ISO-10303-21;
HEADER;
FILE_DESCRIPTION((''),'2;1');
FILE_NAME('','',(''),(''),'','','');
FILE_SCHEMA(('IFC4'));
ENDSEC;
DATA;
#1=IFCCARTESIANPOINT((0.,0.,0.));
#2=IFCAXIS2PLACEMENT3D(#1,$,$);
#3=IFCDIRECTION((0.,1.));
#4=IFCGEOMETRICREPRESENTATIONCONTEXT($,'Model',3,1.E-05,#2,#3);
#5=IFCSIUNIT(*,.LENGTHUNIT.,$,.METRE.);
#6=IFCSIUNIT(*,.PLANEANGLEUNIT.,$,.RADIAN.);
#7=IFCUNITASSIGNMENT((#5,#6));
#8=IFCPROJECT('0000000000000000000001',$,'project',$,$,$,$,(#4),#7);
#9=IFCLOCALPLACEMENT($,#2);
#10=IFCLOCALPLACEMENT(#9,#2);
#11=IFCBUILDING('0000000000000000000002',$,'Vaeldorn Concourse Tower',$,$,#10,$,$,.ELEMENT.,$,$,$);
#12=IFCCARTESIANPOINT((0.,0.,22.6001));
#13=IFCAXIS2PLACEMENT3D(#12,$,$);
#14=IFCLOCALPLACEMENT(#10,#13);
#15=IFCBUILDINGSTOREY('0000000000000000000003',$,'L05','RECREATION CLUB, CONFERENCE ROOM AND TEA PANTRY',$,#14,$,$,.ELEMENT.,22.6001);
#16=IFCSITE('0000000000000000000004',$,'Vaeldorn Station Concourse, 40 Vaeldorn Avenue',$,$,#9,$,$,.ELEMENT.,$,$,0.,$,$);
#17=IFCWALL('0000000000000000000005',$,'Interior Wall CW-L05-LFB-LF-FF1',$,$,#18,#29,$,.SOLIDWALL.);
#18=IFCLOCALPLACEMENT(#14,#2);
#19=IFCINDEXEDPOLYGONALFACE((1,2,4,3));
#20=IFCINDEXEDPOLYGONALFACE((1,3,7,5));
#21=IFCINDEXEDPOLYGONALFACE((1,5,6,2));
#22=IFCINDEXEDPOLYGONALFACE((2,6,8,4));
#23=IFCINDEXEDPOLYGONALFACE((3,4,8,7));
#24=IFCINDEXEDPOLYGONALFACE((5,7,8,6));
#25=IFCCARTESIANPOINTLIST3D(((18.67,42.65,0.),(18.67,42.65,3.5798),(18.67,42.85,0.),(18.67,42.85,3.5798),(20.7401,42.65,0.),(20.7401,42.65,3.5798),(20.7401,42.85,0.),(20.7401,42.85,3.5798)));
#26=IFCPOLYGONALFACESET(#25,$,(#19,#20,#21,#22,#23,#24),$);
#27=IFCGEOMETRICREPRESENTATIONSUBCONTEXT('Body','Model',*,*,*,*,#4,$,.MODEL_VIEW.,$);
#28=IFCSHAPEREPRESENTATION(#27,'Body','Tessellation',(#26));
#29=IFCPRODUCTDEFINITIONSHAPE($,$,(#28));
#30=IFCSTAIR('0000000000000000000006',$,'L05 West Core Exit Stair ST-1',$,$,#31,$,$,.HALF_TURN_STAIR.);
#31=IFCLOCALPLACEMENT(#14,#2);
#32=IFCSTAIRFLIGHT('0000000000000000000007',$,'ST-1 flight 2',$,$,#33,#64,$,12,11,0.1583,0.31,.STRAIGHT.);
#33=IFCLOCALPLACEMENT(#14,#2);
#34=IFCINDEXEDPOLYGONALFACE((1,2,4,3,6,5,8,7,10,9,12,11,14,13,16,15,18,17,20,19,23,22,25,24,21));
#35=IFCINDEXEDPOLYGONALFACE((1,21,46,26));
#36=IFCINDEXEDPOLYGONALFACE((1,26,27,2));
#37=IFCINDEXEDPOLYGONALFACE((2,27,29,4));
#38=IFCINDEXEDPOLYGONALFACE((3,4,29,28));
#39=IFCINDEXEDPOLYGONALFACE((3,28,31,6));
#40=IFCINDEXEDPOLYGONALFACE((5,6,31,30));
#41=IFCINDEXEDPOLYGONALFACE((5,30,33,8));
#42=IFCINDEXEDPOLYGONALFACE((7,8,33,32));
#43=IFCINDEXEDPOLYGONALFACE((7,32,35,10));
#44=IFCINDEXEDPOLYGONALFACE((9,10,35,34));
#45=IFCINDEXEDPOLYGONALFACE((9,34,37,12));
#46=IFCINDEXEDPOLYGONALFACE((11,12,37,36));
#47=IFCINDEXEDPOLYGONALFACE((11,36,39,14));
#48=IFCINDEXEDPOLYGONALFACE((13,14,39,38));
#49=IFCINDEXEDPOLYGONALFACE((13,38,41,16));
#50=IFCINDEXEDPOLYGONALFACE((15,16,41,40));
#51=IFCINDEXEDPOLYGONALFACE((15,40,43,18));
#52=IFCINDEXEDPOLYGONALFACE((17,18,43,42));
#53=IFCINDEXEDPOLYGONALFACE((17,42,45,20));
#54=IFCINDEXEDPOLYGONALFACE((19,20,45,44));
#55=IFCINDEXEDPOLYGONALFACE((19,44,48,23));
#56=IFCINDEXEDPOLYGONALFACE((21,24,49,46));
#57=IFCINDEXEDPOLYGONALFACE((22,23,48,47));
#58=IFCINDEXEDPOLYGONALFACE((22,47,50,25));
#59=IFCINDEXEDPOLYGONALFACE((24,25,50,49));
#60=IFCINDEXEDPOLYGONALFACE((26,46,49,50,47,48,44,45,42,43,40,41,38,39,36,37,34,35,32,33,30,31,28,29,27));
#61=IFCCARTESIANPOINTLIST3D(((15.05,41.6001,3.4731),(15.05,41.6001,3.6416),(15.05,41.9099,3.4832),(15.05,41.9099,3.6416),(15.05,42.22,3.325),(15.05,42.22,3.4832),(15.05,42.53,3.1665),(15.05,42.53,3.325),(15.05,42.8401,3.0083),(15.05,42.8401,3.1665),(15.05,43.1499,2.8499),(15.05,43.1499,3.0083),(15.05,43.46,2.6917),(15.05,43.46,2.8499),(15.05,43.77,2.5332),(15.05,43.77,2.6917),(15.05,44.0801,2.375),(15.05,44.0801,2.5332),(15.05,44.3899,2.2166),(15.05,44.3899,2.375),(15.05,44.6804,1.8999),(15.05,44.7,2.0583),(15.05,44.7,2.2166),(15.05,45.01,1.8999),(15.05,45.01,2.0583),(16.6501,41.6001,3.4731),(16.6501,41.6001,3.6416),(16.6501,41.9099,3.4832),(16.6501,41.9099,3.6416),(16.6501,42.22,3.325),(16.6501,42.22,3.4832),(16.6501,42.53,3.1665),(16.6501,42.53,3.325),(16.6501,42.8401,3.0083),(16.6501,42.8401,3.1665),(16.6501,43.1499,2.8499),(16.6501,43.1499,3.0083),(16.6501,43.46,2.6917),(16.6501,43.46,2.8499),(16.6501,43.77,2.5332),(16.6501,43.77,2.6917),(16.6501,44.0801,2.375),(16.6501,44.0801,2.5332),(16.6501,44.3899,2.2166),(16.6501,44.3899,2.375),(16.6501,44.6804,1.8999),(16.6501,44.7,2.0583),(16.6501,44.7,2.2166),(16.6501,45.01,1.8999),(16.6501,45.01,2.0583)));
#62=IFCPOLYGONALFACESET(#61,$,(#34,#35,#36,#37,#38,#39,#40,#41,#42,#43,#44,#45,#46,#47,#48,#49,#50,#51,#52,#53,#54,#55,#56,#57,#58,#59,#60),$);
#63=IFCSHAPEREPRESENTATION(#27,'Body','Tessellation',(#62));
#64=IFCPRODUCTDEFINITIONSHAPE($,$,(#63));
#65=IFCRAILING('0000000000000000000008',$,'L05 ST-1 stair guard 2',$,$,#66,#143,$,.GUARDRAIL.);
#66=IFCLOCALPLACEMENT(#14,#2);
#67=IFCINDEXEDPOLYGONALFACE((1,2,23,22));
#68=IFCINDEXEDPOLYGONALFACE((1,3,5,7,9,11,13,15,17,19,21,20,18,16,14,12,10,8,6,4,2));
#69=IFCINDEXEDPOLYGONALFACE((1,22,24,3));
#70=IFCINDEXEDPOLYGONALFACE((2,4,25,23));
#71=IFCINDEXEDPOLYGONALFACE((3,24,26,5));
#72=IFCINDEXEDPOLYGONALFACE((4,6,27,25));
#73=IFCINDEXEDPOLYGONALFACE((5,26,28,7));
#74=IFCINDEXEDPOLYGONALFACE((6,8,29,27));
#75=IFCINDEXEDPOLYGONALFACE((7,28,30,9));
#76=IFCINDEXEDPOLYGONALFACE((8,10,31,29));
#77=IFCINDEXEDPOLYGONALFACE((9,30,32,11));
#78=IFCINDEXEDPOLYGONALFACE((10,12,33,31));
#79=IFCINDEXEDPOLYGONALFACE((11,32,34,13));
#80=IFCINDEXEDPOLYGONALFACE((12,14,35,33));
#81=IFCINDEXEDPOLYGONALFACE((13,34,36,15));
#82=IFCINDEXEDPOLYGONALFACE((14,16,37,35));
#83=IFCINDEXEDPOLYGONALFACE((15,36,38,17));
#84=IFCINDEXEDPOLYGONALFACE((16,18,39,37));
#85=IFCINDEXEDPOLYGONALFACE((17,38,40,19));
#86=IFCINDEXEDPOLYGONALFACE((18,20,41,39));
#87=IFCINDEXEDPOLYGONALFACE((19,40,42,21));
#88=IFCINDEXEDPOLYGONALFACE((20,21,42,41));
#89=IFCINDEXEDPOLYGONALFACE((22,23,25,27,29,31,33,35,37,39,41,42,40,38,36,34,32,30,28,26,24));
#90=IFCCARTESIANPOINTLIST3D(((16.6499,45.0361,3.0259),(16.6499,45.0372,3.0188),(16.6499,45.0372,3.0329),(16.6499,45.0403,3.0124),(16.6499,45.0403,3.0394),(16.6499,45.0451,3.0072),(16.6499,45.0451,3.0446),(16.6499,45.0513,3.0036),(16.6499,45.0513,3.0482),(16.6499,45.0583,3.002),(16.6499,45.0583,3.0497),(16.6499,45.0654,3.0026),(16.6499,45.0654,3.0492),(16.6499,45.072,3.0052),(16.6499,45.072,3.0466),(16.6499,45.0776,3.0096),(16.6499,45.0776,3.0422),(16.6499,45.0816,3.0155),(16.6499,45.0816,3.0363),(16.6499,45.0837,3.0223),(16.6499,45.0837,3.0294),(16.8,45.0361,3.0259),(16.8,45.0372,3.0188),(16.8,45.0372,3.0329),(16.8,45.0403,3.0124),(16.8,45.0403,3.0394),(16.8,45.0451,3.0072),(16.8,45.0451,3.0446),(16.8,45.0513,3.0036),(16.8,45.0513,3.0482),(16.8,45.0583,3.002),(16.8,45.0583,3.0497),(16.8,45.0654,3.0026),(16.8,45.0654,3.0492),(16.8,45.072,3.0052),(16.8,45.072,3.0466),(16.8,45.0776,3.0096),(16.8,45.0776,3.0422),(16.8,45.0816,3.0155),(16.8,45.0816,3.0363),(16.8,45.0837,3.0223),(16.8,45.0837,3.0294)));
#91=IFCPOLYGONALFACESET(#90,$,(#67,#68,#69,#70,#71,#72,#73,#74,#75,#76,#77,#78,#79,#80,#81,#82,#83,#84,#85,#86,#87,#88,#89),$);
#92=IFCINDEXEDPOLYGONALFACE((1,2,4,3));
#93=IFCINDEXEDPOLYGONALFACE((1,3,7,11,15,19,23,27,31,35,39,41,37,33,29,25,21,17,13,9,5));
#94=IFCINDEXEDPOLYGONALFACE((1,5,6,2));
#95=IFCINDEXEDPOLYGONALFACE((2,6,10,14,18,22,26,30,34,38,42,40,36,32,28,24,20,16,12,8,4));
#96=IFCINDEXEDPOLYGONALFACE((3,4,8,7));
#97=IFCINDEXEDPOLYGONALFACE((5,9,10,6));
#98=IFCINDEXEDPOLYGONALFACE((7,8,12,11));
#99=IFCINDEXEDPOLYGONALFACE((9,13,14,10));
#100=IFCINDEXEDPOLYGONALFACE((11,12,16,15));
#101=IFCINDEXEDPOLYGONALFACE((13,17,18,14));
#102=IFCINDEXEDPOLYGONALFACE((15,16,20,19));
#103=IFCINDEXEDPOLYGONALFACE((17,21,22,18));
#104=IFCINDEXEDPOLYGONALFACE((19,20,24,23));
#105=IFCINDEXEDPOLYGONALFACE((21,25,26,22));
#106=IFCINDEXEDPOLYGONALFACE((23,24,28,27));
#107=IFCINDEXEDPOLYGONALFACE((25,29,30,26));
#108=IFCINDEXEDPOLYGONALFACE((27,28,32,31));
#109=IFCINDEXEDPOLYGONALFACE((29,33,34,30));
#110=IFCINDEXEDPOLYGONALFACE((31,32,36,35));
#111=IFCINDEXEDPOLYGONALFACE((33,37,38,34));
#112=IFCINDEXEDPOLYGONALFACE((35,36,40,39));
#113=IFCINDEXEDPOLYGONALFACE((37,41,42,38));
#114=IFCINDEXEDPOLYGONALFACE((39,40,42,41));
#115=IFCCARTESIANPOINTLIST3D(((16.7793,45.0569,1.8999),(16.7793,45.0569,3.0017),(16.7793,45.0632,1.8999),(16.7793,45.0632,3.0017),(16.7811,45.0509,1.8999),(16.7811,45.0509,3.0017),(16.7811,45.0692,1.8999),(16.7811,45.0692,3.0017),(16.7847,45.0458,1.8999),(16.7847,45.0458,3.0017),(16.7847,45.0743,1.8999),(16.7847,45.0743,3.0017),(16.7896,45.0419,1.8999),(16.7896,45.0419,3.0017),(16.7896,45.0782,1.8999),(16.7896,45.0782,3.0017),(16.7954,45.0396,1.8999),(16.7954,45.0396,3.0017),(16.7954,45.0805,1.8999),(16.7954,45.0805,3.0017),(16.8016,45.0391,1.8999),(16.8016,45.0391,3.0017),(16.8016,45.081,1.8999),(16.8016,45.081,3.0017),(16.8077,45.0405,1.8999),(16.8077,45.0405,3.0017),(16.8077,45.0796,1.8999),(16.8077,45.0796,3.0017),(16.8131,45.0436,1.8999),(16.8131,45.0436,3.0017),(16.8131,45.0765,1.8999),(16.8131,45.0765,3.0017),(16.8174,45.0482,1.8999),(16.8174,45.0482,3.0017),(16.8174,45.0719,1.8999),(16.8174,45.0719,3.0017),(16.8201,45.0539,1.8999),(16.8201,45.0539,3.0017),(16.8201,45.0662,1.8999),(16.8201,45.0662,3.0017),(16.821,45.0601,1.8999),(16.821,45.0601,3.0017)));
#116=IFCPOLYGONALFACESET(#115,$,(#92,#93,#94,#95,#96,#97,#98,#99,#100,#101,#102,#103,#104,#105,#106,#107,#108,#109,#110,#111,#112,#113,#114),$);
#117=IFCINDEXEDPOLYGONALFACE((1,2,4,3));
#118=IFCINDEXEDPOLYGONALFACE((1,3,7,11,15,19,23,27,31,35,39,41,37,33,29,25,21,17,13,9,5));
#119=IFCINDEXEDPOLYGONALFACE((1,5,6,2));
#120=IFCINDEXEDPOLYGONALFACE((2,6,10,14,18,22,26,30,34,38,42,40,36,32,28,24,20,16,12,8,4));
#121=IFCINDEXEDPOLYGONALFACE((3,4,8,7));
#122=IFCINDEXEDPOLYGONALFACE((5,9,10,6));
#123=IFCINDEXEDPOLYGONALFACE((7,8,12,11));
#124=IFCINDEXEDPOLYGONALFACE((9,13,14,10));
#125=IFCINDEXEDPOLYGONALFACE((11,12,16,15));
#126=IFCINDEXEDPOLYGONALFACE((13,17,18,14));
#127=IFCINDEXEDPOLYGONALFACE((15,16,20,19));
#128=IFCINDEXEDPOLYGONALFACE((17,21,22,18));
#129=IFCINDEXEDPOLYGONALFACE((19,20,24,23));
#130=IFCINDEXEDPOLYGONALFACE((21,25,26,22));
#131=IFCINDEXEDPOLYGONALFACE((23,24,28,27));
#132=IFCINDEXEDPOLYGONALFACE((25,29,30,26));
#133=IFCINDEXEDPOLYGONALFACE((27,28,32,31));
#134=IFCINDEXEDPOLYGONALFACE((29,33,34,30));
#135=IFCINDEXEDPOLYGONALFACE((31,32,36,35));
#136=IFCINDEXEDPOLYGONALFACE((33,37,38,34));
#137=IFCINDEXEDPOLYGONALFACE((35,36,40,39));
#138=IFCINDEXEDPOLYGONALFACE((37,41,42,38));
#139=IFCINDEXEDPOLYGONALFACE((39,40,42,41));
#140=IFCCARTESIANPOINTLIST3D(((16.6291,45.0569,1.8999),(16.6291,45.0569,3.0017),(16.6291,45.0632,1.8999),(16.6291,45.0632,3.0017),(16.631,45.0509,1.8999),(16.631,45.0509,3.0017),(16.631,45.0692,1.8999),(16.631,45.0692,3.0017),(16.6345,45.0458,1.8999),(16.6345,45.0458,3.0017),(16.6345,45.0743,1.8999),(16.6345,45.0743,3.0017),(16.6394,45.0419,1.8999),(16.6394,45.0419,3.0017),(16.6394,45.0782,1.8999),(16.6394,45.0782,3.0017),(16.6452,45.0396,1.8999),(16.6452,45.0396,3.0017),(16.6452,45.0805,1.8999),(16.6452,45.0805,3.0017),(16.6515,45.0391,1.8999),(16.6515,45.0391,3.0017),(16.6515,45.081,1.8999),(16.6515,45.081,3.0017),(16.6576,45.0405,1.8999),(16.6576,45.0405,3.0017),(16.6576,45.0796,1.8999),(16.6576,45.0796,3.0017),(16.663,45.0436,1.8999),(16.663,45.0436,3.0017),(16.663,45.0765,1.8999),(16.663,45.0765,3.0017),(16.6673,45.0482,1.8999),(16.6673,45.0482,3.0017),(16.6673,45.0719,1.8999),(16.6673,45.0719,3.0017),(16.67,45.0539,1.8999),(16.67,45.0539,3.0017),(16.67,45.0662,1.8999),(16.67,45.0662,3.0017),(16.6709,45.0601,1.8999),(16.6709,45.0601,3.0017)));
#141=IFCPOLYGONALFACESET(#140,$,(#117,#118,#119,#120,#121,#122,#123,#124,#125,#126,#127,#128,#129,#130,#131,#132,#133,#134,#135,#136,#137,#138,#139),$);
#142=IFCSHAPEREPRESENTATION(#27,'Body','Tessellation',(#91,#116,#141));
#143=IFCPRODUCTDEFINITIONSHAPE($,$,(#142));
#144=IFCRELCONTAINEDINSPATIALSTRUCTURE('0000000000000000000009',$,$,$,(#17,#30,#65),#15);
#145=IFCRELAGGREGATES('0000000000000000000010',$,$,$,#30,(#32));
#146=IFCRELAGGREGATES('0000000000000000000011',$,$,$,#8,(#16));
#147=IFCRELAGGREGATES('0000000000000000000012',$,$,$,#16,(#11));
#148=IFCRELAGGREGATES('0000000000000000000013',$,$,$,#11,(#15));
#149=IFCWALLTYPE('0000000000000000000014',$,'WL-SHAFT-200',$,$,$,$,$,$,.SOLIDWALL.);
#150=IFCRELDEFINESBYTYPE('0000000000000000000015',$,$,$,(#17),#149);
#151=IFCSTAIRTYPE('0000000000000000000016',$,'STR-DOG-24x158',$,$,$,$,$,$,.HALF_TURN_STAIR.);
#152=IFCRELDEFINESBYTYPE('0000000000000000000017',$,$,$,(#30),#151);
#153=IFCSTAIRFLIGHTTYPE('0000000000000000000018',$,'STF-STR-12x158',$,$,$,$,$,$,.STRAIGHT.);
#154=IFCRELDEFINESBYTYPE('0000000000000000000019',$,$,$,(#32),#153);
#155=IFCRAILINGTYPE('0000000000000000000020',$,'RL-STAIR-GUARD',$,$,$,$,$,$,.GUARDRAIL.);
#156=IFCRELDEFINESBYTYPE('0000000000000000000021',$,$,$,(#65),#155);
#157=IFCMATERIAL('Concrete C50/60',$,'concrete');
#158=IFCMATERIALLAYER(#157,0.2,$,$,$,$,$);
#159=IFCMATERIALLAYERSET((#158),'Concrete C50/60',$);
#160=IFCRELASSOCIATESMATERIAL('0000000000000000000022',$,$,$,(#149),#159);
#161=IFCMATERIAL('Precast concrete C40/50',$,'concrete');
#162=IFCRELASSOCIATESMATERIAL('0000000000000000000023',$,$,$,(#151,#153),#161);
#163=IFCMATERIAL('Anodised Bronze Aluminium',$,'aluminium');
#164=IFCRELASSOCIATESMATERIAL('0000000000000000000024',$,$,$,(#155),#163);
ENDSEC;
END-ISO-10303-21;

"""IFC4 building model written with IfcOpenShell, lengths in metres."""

from ifc_helpers import new_model, si_unit, direction, frame, frame_2d, origin, origin_2d, place, context, subcontext, project, spatial, polyline, rectangle, circle, outline, extrude, material, layer, layer_set, type_object, element, aggregate, save


model = new_model("IFC4")

# Units and contexts
model_context = context("Model", 3, precision=1e-05, world=origin(), true_north=direction((0.0, 1.0)))
body_context = subcontext(model_context, "Body", "Model", "MODEL_VIEW")
ifc_project = project(units=[si_unit("LENGTHUNIT", "METRE"), si_unit("PLANEANGLEUNIT", "RADIAN")], contexts=[model_context])

# Site, building, storey
site_placement = place(None, origin())
site = spatial("IfcSite", under=ifc_project, at=site_placement, Name="Vaeldorn Station Concourse, 40 Vaeldorn Avenue", CompositionType="ELEMENT", RefElevation=0.0)
building_placement = place(site_placement, origin())
building = spatial("IfcBuilding", under=site, at=building_placement, Name="Vaeldorn Concourse Tower", CompositionType="ELEMENT")
storey_placement = place(building_placement, frame((0.0, 0.0, 22.6001)))
storey = spatial("IfcBuildingStorey", under=building, at=storey_placement, Name="L05", Description="RECREATION CLUB, CONFERENCE ROOM AND TEA PANTRY", CompositionType="ELEMENT", Elevation=22.6001)

# Shared definitions
ifc_material_1 = material(Name="Concrete C50/60", Category="concrete")
ifc_layer_1 = layer(ifc_material_1, 0.2)
ifc_layer_set_1 = layer_set([ifc_layer_1], Name="Concrete C50/60")
wall_type_1 = type_object("IfcWallType", Name="WL-SHAFT-200", PredefinedType="SOLIDWALL", material=ifc_layer_set_1)

# Shared definitions
ifc_material_2 = material(Name="Anodised Bronze Aluminium", Category="aluminium")

# Wall
for number, where, z_axis, x_axis, name in (
    (1, (18.6699, 42.75, 0.0), (0.0, 0.0, 1.0), (1.0, 0.0, 0.0), "Interior Wall CW-L05-LFB-LF-FF1"),
):
    element("IfcWall", number, at=place(storey_placement, frame(where, z_axis=z_axis, x_axis=x_axis)), inside=storey, type_object=wall_type_1, Name=name, PredefinedType="SOLIDWALL", context=body_context, shape_type="SweptSolid", body=[
        extrude(rectangle(XDim=2.0701, YDim=0.2, at=frame_2d((1.0352, 0.0))), origin(), (0.0, 0.0, 1.0), 3.5798),
    ])

# Stair, stair flight
ifc_material_3 = material(Name="Precast concrete C40/50", Category="concrete")
stair_type = type_object("IfcStairType", Name="STR-DOG-24x158", PredefinedType="HALF_TURN_STAIR", material=ifc_material_3)
stair_placement = place(storey_placement, origin())
stair = element("IfcStair", 2, at=stair_placement, inside=storey, type_object=stair_type, Name="L05 West Core Exit Stair ST-1", PredefinedType="HALF_TURN_STAIR")
stair_flight_type = type_object("IfcStairFlightType", Name="STF-STR-12x158", PredefinedType="STRAIGHT", material=ifc_material_3)
stair_flight_placement = place(storey_placement, frame((15.8501, 45.01, 1.8999), z_axis=(0.0, 0.0, 1.0), x_axis=(0.0, -1.0, 0.0)))
stair_flight = element("IfcStairFlight", 3, at=stair_flight_placement, type_object=stair_flight_type, Name="ST-1 flight 2", NumberOfRisers=12, NumberOfTreads=11, PredefinedType="STRAIGHT", RiserHeight=0.1583, TreadLength=0.31, context=body_context, shape_type="SweptSolid", body=[
    extrude(outline(polyline([(0.0, 0.0), (0.0, 0.1584), (0.3101, 0.1584), (0.3101, 0.3167), (0.6201, 0.3167), (0.6201, 0.4751), (0.9299, 0.4751), (0.9299, 0.6333), (1.24, 0.6333), (1.24, 0.7917), (1.55, 0.7917), (1.55, 0.95), (1.8601, 0.95), (1.8601, 1.1084), (2.1699, 1.1084), (2.1699, 1.2666), (2.48, 1.2666), (2.48, 1.425), (2.79, 1.425), (2.79, 1.5833), (3.1001, 1.5833), (3.1001, 1.7417), (3.4099, 1.7417), (3.4099, 1.8999), (3.4099, 1.5732), (0.3296, 0.0), (0.0, 0.0)])), frame((0.0, 0.8, 0.0), z_axis=(0.0, -1.0, 0.0), x_axis=(1.0, 0.0, 0.0)), (0.0, 0.0, 1.0), 1.6001),
])
aggregate(stair, [stair_flight])

# Railing
railing_type_1 = type_object("IfcRailingType", Name="RL-STAIR-GUARD", PredefinedType="GUARDRAIL", material=ifc_material_2)
railing_1_placement = place(storey_placement, frame((16.8, 45.0601, 1.8999)))
element("IfcRailing", 4, at=railing_1_placement, inside=storey, type_object=railing_type_1, Name="L05 ST-1 stair guard 2", PredefinedType="GUARDRAIL", context=body_context, shape_type="SweptSolid", body=[
    extrude(circle(Radius=0.0239, at=origin_2d()), frame((0.0, 0.0, 1.126), z_axis=(-1.0, 0.0, 0.0), x_axis=(0.0, -1.0, 0.0)), (0.0, 0.0, 1.0), 0.1501),
    extrude(circle(Radius=0.021, at=origin_2d()), origin(), (0.0, 0.0, 1.0), 1.1018),
    extrude(circle(Radius=0.021, at=origin_2d()), frame((-0.1501, 0.0, 0.0)), (0.0, 0.0, 1.0), 1.1018),
])

save(model, "model.ifc")
